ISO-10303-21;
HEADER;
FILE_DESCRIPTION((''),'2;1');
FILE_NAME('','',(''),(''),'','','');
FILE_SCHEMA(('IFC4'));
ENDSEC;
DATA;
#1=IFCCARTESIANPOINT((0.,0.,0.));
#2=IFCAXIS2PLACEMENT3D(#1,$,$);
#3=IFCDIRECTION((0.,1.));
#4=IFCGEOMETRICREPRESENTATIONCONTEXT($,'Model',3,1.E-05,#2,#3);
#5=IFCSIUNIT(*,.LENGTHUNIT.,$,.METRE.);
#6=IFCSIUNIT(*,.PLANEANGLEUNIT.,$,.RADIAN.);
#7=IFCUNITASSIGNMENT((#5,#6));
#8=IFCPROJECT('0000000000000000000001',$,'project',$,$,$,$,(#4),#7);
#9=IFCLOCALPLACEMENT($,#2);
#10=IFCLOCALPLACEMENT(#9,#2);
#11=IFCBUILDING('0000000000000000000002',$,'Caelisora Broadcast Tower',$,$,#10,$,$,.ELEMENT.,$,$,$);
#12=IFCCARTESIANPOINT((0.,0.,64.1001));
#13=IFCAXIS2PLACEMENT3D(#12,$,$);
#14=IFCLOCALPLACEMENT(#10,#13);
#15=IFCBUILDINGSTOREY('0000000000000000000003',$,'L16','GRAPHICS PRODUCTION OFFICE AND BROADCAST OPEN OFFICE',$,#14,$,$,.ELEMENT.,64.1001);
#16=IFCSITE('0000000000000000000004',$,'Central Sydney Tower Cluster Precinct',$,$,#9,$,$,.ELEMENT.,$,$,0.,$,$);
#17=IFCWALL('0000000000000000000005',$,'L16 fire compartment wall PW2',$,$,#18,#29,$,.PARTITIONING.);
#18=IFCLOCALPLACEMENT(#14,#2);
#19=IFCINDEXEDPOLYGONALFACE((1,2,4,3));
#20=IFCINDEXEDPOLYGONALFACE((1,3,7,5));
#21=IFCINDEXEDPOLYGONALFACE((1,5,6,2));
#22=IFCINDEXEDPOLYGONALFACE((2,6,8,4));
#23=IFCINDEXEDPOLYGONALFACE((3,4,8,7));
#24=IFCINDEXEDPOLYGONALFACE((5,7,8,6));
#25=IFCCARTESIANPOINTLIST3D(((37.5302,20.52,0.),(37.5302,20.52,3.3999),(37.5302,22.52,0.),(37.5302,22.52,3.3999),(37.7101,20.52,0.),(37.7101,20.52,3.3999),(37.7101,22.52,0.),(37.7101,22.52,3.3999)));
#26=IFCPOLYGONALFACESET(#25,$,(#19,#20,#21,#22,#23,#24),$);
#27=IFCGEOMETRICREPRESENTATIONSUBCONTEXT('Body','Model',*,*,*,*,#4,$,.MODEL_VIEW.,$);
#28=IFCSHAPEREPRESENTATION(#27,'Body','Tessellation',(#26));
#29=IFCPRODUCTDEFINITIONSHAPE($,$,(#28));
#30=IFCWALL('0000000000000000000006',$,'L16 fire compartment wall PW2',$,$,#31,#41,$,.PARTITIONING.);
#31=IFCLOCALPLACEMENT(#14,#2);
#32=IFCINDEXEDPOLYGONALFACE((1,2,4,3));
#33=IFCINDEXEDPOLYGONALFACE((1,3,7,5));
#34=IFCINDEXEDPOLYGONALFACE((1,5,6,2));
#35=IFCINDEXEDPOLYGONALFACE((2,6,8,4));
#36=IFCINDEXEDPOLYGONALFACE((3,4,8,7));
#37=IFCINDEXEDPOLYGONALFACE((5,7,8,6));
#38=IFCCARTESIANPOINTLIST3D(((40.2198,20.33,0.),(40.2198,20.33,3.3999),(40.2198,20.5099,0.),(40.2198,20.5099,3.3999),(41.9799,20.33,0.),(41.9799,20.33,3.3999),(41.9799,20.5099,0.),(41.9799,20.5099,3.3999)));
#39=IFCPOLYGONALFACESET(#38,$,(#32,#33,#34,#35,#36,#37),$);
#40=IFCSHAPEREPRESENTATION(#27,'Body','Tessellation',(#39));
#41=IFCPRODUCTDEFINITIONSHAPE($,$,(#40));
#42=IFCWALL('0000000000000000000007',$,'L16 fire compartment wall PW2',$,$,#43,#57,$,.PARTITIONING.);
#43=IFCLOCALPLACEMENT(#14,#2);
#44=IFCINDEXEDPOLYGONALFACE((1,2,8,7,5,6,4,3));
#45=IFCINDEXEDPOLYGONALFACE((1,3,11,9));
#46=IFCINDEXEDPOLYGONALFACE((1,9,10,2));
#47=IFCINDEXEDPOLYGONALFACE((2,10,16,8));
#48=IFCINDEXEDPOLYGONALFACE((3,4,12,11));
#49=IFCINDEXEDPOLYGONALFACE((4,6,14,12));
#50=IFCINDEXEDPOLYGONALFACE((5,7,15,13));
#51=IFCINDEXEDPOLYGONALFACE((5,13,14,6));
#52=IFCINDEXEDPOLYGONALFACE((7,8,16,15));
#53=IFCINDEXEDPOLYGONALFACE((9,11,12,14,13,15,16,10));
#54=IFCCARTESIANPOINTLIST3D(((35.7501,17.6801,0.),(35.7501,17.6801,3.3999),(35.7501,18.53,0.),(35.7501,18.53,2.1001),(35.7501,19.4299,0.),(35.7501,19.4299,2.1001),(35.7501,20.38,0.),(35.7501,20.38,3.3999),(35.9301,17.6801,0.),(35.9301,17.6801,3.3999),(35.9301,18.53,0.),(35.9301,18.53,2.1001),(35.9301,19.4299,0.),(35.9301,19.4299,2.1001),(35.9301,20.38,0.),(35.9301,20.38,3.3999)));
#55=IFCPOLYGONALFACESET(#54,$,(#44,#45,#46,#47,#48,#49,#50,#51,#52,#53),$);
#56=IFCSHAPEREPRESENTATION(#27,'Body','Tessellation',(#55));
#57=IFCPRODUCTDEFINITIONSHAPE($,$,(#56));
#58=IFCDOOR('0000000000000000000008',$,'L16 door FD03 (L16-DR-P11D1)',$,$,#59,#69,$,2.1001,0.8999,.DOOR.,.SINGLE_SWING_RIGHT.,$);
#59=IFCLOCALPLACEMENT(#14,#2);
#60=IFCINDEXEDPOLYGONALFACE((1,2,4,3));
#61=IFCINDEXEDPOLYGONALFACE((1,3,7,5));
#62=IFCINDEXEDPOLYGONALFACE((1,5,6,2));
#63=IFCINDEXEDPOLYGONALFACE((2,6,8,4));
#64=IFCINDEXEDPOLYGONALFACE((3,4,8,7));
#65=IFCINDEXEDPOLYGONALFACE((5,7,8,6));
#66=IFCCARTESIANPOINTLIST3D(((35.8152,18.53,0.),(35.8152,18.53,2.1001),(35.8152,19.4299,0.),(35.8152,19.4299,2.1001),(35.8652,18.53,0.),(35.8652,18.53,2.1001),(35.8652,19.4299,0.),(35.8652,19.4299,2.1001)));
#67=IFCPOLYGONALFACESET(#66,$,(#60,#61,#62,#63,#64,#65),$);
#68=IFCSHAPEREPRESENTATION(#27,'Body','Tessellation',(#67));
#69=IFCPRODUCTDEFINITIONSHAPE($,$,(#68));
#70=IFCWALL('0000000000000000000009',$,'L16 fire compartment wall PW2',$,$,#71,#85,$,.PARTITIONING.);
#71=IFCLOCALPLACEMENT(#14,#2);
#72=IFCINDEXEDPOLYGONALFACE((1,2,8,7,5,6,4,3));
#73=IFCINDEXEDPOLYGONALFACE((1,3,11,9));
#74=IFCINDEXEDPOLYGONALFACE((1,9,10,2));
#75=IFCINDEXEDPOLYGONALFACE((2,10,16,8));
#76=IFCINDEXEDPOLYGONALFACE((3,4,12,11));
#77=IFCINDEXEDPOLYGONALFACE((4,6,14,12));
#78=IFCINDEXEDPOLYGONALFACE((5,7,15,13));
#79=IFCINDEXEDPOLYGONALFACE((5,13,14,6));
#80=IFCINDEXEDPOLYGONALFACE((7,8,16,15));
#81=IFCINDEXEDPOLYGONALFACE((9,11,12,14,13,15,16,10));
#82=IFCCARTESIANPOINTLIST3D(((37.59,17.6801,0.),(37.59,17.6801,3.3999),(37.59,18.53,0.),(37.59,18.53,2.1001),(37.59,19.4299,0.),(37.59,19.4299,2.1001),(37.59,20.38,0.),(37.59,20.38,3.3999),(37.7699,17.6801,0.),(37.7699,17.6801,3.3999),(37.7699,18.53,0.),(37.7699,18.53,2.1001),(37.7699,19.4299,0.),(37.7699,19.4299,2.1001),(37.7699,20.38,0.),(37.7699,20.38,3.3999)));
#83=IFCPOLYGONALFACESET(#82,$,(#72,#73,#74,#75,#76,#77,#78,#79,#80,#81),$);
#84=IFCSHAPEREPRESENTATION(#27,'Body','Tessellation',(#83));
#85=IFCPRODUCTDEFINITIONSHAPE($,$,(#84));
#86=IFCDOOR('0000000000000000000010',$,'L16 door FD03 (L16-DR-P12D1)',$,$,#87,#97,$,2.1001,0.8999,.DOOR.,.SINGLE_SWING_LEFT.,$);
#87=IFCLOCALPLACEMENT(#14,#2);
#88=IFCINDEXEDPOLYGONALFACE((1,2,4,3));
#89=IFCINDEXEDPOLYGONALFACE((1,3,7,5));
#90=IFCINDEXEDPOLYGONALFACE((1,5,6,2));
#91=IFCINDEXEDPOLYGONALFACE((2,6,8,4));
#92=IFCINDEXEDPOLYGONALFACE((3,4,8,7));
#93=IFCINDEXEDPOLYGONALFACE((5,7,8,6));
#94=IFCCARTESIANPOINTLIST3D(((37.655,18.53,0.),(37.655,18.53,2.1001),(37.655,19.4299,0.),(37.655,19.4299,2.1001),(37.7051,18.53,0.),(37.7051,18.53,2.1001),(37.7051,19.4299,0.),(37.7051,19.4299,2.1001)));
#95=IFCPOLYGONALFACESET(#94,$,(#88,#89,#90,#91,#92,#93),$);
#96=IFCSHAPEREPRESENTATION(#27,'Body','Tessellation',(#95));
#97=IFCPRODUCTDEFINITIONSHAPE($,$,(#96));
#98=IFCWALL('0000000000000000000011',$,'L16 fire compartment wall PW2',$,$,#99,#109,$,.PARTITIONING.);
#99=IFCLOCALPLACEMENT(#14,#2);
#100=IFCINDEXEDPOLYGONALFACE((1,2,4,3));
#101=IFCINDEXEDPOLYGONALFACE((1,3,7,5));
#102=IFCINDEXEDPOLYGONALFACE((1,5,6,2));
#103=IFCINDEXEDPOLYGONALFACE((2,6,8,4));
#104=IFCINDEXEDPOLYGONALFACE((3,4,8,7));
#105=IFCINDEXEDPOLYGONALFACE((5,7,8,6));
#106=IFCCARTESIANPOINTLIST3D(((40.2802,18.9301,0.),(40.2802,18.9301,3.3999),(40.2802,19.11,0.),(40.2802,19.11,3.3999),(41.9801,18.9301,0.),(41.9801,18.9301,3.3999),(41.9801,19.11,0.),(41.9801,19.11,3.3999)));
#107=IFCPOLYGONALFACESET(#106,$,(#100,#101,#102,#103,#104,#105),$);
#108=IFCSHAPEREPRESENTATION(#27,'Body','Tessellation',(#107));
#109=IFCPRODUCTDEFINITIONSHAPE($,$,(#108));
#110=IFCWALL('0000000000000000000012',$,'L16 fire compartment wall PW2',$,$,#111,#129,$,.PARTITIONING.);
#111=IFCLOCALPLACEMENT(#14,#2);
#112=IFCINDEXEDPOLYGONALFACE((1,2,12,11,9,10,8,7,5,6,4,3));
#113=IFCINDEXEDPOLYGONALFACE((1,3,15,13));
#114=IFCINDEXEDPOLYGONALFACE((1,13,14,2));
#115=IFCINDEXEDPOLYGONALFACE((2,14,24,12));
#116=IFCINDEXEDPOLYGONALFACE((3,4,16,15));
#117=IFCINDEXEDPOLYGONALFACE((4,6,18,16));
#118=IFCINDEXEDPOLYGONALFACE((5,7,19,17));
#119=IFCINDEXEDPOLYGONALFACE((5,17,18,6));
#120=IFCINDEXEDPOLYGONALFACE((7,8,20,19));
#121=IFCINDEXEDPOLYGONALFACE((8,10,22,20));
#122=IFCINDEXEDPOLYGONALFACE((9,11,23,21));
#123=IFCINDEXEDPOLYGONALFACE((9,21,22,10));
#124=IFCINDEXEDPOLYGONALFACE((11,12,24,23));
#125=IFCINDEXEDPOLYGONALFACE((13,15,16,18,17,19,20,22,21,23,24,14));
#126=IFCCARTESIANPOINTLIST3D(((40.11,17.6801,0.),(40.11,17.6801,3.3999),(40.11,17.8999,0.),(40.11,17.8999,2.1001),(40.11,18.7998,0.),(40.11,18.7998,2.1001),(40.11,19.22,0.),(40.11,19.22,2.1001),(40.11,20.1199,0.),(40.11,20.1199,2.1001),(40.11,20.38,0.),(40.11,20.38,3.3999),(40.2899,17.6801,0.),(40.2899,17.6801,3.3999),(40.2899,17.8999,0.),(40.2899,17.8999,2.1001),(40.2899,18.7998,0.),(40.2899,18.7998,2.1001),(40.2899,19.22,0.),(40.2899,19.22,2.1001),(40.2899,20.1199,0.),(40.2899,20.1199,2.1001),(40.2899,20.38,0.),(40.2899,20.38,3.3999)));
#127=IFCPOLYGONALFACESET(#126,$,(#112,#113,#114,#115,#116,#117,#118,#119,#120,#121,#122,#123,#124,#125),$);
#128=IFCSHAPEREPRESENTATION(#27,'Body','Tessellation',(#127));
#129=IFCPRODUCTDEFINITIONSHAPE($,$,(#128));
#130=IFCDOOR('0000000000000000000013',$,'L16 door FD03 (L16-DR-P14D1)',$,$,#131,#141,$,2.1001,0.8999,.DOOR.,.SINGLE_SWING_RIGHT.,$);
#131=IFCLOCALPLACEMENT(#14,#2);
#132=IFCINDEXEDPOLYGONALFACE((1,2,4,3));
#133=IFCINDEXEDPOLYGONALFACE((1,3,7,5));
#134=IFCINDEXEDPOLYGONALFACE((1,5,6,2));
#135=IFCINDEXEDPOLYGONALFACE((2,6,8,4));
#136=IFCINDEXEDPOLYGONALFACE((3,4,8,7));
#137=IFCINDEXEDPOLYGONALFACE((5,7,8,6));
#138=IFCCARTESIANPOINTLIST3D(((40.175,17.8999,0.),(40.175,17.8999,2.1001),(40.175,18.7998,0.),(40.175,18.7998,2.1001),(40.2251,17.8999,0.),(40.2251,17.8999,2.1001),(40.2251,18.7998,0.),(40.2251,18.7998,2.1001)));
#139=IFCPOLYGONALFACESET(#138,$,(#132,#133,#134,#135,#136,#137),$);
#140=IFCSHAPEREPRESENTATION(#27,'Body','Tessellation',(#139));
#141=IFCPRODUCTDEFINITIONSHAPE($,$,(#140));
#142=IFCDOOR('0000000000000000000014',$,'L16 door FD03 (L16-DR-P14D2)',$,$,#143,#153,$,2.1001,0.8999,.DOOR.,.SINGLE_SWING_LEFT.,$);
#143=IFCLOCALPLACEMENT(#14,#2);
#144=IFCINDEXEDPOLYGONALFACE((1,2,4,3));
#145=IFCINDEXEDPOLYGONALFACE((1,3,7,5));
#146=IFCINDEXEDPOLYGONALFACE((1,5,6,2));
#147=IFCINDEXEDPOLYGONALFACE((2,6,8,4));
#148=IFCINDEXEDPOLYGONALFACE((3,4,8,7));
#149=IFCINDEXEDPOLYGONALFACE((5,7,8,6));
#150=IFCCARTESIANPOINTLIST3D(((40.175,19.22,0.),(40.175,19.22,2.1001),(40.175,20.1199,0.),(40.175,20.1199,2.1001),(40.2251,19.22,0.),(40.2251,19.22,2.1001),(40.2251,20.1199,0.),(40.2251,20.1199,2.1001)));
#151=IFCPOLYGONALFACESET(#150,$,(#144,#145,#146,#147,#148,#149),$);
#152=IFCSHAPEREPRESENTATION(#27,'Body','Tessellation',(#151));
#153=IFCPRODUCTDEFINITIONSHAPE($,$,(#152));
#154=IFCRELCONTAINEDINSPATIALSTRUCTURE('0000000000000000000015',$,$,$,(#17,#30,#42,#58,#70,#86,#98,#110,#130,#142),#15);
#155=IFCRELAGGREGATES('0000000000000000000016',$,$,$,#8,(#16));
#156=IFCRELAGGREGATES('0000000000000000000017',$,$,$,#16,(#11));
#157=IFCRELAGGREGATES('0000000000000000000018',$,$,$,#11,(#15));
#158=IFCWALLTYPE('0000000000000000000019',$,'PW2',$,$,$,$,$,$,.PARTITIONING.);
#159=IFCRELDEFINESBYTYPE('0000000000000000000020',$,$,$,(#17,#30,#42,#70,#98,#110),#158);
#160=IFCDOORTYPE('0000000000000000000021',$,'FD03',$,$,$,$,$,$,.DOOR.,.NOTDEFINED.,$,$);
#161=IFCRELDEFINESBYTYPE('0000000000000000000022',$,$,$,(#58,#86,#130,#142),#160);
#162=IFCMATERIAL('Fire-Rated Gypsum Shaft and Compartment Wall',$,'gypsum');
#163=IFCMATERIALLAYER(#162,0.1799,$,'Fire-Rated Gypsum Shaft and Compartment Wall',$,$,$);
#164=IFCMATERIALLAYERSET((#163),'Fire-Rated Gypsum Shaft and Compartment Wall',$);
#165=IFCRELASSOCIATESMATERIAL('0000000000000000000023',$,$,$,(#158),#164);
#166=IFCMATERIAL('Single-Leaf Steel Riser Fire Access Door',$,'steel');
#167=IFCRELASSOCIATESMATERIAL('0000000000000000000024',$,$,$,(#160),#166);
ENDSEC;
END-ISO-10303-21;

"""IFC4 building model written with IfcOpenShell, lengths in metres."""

from ifc_helpers import new_model, si_unit, direction, frame, frame_2d, origin, place, context, subcontext, project, spatial, rectangle, extrude, material, layer, layer_set, type_object, element, fill, save


model = new_model("IFC4")

# Units and contexts
model_context = context("Model", 3, precision=1e-05, world=origin(), true_north=direction((0.0, 1.0)))
body_context = subcontext(model_context, "Body", "Model", "MODEL_VIEW")
ifc_project = project(units=[si_unit("LENGTHUNIT", "METRE"), si_unit("PLANEANGLEUNIT", "RADIAN")], contexts=[model_context])

# Site, building, storey
site_placement = place(None, origin())
site = spatial("IfcSite", under=ifc_project, at=site_placement, Name="Central Sydney Tower Cluster Precinct", CompositionType="ELEMENT", RefElevation=0.0)
building_placement = place(site_placement, origin())
building = spatial("IfcBuilding", under=site, at=building_placement, Name="Caelisora Broadcast Tower", CompositionType="ELEMENT")
storey_placement = place(building_placement, frame((0.0, 0.0, 64.1001)))
storey = spatial("IfcBuildingStorey", under=building, at=storey_placement, Name="L16", Description="GRAPHICS PRODUCTION OFFICE AND BROADCAST OPEN OFFICE", CompositionType="ELEMENT", Elevation=64.1001)

# Walls
ifc_material_1 = material(Name="Fire-Rated Gypsum Shaft and Compartment Wall", Category="gypsum")
ifc_layer_1 = layer(ifc_material_1, 0.1799, Name="Fire-Rated Gypsum Shaft and Compartment Wall")
ifc_layer_set_1 = layer_set([ifc_layer_1], Name="Fire-Rated Gypsum Shaft and Compartment Wall")
wall_type_1 = type_object("IfcWallType", Name="PW2", PredefinedType="PARTITIONING", material=ifc_layer_set_1)
wall_1_placement = place(storey_placement, frame((37.6201, 20.52, 0.0), z_axis=(0.0, 0.0, 1.0), x_axis=(0.0, 1.0, 0.0)))
element("IfcWall", 1, at=wall_1_placement, inside=storey, type_object=wall_type_1, Name="L16 fire compartment wall PW2", PredefinedType="PARTITIONING", context=body_context, shape_type="SweptSolid", body=[
    extrude(rectangle(XDim=2.0, YDim=0.1799, at=frame_2d((1.0, 0.0))), origin(), (0.0, 0.0, 1.0), 3.3999),
])
wall_2_placement = place(storey_placement, frame((40.22, 20.4199, 0.0), z_axis=(0.0, 0.0, 1.0), x_axis=(1.0, 0.0, 0.0)))
element("IfcWall", 2, at=wall_2_placement, inside=storey, type_object=wall_type_1, Name="L16 fire compartment wall PW2", PredefinedType="PARTITIONING", context=body_context, shape_type="SweptSolid", body=[
    extrude(rectangle(XDim=1.76, YDim=0.1799, at=frame_2d((0.8799, 0.0))), origin(), (0.0, 0.0, 1.0), 3.3999),
])

# Walls, openings, doors
wall_3_placement = place(storey_placement, frame((35.8401, 17.6799, 0.0), z_axis=(0.0, 0.0, 1.0), x_axis=(0.0, 1.0, 0.0)))
wall_3 = element("IfcWall", 3, at=wall_3_placement, inside=storey, type_object=wall_type_1, Name="L16 fire compartment wall PW2", PredefinedType="PARTITIONING", context=body_context, shape_type="SweptSolid", body=[
    extrude(rectangle(XDim=2.7, YDim=0.1799, at=frame_2d((1.3501, 0.0))), origin(), (0.0, 0.0, 1.0), 3.3999),
])
opening_1_placement = place(wall_3_placement, frame((0.8501, 0.0, 0.0)))
opening_1 = element("IfcOpeningElement", 4, at=opening_1_placement, cuts=wall_3, PredefinedType="OPENING", context=body_context, shape_type="SweptSolid", body=[
    extrude(rectangle(XDim=0.8999, YDim=2.1001, at=frame_2d((0.45, 1.05))), frame((0.0, 0.1021, 0.0), z_axis=(0.0, -1.0, 0.0), x_axis=(1.0, 0.0, 0.0)), (0.0, 0.0, 1.0), 0.2039),
])
ifc_material_2 = material(Name="Single-Leaf Steel Riser Fire Access Door", Category="steel")
door_type_1 = type_object("IfcDoorType", Name="FD03", OperationType="NOTDEFINED", PredefinedType="DOOR", material=ifc_material_2)
door_1_placement = place(opening_1_placement, origin())
door_1 = element("IfcDoor", 5, at=door_1_placement, inside=storey, type_object=door_type_1, Name="L16 door FD03 (L16-DR-P11D1)", OperationType="SINGLE_SWING_RIGHT", OverallHeight=2.1001, OverallWidth=0.8999, PredefinedType="DOOR", context=body_context, shape_type="SweptSolid", body=[
    extrude(rectangle(XDim=0.8999, YDim=2.1001, at=frame_2d((0.45, 1.05))), frame((0.0, 0.0249, 0.0), z_axis=(0.0, -1.0, 0.0), x_axis=(1.0, 0.0, 0.0)), (0.0, 0.0, 1.0), 0.05),
])
fill(opening_1, door_1)
wall_4_placement = place(storey_placement, frame((37.6799, 17.6799, 0.0), z_axis=(0.0, 0.0, 1.0), x_axis=(0.0, 1.0, 0.0)))
wall_4 = element("IfcWall", 6, at=wall_4_placement, inside=storey, type_object=wall_type_1, Name="L16 fire compartment wall PW2", PredefinedType="PARTITIONING", context=body_context, shape_type="SweptSolid", body=[
    extrude(rectangle(XDim=2.7, YDim=0.1799, at=frame_2d((1.3501, 0.0))), origin(), (0.0, 0.0, 1.0), 3.3999),
])
opening_2_placement = place(wall_4_placement, frame((0.8501, 0.0, 0.0)))
opening_2 = element("IfcOpeningElement", 7, at=opening_2_placement, cuts=wall_4, PredefinedType="OPENING", context=body_context, shape_type="SweptSolid", body=[
    extrude(rectangle(XDim=0.8999, YDim=2.1001, at=frame_2d((0.45, 1.05))), frame((0.0, 0.1021, 0.0), z_axis=(0.0, -1.0, 0.0), x_axis=(1.0, 0.0, 0.0)), (0.0, 0.0, 1.0), 0.2039),
])
door_2_placement = place(opening_2_placement, origin())
door_2 = element("IfcDoor", 8, at=door_2_placement, inside=storey, type_object=door_type_1, Name="L16 door FD03 (L16-DR-P12D1)", OperationType="SINGLE_SWING_LEFT", OverallHeight=2.1001, OverallWidth=0.8999, PredefinedType="DOOR", context=body_context, shape_type="SweptSolid", body=[
    extrude(rectangle(XDim=0.8999, YDim=2.1001, at=frame_2d((0.45, 1.05))), frame((0.0, 0.0249, 0.0), z_axis=(0.0, -1.0, 0.0), x_axis=(1.0, 0.0, 0.0)), (0.0, 0.0, 1.0), 0.05),
])
fill(opening_2, door_2)

# Wall
wall_5_placement = place(storey_placement, frame((40.28, 19.02, 0.0), z_axis=(0.0, 0.0, 1.0), x_axis=(1.0, 0.0, 0.0)))
element("IfcWall", 9, at=wall_5_placement, inside=storey, type_object=wall_type_1, Name="L16 fire compartment wall PW2", PredefinedType="PARTITIONING", context=body_context, shape_type="SweptSolid", body=[
    extrude(rectangle(XDim=1.7, YDim=0.1799, at=frame_2d((0.8501, 0.0))), origin(), (0.0, 0.0, 1.0), 3.3999),
])

# Wall, openings, doors
wall_6_placement = place(storey_placement, frame((40.2, 17.6799, 0.0), z_axis=(0.0, 0.0, 1.0), x_axis=(0.0, 1.0, 0.0)))
wall_6 = element("IfcWall", 10, at=wall_6_placement, inside=storey, type_object=wall_type_1, Name="L16 fire compartment wall PW2", PredefinedType="PARTITIONING", context=body_context, shape_type="SweptSolid", body=[
    extrude(rectangle(XDim=2.7, YDim=0.1799, at=frame_2d((1.3501, 0.0))), origin(), (0.0, 0.0, 1.0), 3.3999),
])
opening_3_placement = place(wall_6_placement, frame((0.22, 0.0, 0.0)))
opening_3 = element("IfcOpeningElement", 11, at=opening_3_placement, cuts=wall_6, PredefinedType="OPENING", context=body_context, shape_type="SweptSolid", body=[
    extrude(rectangle(XDim=0.8999, YDim=2.1001, at=frame_2d((0.45, 1.05))), frame((0.0, 0.1021, 0.0), z_axis=(0.0, -1.0, 0.0), x_axis=(1.0, 0.0, 0.0)), (0.0, 0.0, 1.0), 0.2039),
])
opening_4_placement = place(wall_6_placement, frame((1.54, 0.0, 0.0)))
opening_4 = element("IfcOpeningElement", 12, at=opening_4_placement, cuts=wall_6, PredefinedType="OPENING", context=body_context, shape_type="SweptSolid", body=[
    extrude(rectangle(XDim=0.8999, YDim=2.1001, at=frame_2d((0.45, 1.05))), frame((0.0, 0.1021, 0.0), z_axis=(0.0, -1.0, 0.0), x_axis=(1.0, 0.0, 0.0)), (0.0, 0.0, 1.0), 0.2039),
])
door_3_placement = place(opening_3_placement, origin())
door_3 = element("IfcDoor", 13, at=door_3_placement, inside=storey, type_object=door_type_1, Name="L16 door FD03 (L16-DR-P14D1)", OperationType="SINGLE_SWING_RIGHT", OverallHeight=2.1001, OverallWidth=0.8999, PredefinedType="DOOR", context=body_context, shape_type="SweptSolid", body=[
    extrude(rectangle(XDim=0.8999, YDim=2.1001, at=frame_2d((0.45, 1.05))), frame((0.0, 0.0249, 0.0), z_axis=(0.0, -1.0, 0.0), x_axis=(1.0, 0.0, 0.0)), (0.0, 0.0, 1.0), 0.05),
])
fill(opening_3, door_3)
door_4_placement = place(opening_4_placement, origin())
door_4 = element("IfcDoor", 14, at=door_4_placement, inside=storey, type_object=door_type_1, Name="L16 door FD03 (L16-DR-P14D2)", OperationType="SINGLE_SWING_LEFT", OverallHeight=2.1001, OverallWidth=0.8999, PredefinedType="DOOR", context=body_context, shape_type="SweptSolid", body=[
    extrude(rectangle(XDim=0.8999, YDim=2.1001, at=frame_2d((0.45, 1.05))), frame((0.0, 0.0249, 0.0), z_axis=(0.0, -1.0, 0.0), x_axis=(1.0, 0.0, 0.0)), (0.0, 0.0, 1.0), 0.05),
])
fill(opening_4, door_4)

save(model, "model.ifc")
